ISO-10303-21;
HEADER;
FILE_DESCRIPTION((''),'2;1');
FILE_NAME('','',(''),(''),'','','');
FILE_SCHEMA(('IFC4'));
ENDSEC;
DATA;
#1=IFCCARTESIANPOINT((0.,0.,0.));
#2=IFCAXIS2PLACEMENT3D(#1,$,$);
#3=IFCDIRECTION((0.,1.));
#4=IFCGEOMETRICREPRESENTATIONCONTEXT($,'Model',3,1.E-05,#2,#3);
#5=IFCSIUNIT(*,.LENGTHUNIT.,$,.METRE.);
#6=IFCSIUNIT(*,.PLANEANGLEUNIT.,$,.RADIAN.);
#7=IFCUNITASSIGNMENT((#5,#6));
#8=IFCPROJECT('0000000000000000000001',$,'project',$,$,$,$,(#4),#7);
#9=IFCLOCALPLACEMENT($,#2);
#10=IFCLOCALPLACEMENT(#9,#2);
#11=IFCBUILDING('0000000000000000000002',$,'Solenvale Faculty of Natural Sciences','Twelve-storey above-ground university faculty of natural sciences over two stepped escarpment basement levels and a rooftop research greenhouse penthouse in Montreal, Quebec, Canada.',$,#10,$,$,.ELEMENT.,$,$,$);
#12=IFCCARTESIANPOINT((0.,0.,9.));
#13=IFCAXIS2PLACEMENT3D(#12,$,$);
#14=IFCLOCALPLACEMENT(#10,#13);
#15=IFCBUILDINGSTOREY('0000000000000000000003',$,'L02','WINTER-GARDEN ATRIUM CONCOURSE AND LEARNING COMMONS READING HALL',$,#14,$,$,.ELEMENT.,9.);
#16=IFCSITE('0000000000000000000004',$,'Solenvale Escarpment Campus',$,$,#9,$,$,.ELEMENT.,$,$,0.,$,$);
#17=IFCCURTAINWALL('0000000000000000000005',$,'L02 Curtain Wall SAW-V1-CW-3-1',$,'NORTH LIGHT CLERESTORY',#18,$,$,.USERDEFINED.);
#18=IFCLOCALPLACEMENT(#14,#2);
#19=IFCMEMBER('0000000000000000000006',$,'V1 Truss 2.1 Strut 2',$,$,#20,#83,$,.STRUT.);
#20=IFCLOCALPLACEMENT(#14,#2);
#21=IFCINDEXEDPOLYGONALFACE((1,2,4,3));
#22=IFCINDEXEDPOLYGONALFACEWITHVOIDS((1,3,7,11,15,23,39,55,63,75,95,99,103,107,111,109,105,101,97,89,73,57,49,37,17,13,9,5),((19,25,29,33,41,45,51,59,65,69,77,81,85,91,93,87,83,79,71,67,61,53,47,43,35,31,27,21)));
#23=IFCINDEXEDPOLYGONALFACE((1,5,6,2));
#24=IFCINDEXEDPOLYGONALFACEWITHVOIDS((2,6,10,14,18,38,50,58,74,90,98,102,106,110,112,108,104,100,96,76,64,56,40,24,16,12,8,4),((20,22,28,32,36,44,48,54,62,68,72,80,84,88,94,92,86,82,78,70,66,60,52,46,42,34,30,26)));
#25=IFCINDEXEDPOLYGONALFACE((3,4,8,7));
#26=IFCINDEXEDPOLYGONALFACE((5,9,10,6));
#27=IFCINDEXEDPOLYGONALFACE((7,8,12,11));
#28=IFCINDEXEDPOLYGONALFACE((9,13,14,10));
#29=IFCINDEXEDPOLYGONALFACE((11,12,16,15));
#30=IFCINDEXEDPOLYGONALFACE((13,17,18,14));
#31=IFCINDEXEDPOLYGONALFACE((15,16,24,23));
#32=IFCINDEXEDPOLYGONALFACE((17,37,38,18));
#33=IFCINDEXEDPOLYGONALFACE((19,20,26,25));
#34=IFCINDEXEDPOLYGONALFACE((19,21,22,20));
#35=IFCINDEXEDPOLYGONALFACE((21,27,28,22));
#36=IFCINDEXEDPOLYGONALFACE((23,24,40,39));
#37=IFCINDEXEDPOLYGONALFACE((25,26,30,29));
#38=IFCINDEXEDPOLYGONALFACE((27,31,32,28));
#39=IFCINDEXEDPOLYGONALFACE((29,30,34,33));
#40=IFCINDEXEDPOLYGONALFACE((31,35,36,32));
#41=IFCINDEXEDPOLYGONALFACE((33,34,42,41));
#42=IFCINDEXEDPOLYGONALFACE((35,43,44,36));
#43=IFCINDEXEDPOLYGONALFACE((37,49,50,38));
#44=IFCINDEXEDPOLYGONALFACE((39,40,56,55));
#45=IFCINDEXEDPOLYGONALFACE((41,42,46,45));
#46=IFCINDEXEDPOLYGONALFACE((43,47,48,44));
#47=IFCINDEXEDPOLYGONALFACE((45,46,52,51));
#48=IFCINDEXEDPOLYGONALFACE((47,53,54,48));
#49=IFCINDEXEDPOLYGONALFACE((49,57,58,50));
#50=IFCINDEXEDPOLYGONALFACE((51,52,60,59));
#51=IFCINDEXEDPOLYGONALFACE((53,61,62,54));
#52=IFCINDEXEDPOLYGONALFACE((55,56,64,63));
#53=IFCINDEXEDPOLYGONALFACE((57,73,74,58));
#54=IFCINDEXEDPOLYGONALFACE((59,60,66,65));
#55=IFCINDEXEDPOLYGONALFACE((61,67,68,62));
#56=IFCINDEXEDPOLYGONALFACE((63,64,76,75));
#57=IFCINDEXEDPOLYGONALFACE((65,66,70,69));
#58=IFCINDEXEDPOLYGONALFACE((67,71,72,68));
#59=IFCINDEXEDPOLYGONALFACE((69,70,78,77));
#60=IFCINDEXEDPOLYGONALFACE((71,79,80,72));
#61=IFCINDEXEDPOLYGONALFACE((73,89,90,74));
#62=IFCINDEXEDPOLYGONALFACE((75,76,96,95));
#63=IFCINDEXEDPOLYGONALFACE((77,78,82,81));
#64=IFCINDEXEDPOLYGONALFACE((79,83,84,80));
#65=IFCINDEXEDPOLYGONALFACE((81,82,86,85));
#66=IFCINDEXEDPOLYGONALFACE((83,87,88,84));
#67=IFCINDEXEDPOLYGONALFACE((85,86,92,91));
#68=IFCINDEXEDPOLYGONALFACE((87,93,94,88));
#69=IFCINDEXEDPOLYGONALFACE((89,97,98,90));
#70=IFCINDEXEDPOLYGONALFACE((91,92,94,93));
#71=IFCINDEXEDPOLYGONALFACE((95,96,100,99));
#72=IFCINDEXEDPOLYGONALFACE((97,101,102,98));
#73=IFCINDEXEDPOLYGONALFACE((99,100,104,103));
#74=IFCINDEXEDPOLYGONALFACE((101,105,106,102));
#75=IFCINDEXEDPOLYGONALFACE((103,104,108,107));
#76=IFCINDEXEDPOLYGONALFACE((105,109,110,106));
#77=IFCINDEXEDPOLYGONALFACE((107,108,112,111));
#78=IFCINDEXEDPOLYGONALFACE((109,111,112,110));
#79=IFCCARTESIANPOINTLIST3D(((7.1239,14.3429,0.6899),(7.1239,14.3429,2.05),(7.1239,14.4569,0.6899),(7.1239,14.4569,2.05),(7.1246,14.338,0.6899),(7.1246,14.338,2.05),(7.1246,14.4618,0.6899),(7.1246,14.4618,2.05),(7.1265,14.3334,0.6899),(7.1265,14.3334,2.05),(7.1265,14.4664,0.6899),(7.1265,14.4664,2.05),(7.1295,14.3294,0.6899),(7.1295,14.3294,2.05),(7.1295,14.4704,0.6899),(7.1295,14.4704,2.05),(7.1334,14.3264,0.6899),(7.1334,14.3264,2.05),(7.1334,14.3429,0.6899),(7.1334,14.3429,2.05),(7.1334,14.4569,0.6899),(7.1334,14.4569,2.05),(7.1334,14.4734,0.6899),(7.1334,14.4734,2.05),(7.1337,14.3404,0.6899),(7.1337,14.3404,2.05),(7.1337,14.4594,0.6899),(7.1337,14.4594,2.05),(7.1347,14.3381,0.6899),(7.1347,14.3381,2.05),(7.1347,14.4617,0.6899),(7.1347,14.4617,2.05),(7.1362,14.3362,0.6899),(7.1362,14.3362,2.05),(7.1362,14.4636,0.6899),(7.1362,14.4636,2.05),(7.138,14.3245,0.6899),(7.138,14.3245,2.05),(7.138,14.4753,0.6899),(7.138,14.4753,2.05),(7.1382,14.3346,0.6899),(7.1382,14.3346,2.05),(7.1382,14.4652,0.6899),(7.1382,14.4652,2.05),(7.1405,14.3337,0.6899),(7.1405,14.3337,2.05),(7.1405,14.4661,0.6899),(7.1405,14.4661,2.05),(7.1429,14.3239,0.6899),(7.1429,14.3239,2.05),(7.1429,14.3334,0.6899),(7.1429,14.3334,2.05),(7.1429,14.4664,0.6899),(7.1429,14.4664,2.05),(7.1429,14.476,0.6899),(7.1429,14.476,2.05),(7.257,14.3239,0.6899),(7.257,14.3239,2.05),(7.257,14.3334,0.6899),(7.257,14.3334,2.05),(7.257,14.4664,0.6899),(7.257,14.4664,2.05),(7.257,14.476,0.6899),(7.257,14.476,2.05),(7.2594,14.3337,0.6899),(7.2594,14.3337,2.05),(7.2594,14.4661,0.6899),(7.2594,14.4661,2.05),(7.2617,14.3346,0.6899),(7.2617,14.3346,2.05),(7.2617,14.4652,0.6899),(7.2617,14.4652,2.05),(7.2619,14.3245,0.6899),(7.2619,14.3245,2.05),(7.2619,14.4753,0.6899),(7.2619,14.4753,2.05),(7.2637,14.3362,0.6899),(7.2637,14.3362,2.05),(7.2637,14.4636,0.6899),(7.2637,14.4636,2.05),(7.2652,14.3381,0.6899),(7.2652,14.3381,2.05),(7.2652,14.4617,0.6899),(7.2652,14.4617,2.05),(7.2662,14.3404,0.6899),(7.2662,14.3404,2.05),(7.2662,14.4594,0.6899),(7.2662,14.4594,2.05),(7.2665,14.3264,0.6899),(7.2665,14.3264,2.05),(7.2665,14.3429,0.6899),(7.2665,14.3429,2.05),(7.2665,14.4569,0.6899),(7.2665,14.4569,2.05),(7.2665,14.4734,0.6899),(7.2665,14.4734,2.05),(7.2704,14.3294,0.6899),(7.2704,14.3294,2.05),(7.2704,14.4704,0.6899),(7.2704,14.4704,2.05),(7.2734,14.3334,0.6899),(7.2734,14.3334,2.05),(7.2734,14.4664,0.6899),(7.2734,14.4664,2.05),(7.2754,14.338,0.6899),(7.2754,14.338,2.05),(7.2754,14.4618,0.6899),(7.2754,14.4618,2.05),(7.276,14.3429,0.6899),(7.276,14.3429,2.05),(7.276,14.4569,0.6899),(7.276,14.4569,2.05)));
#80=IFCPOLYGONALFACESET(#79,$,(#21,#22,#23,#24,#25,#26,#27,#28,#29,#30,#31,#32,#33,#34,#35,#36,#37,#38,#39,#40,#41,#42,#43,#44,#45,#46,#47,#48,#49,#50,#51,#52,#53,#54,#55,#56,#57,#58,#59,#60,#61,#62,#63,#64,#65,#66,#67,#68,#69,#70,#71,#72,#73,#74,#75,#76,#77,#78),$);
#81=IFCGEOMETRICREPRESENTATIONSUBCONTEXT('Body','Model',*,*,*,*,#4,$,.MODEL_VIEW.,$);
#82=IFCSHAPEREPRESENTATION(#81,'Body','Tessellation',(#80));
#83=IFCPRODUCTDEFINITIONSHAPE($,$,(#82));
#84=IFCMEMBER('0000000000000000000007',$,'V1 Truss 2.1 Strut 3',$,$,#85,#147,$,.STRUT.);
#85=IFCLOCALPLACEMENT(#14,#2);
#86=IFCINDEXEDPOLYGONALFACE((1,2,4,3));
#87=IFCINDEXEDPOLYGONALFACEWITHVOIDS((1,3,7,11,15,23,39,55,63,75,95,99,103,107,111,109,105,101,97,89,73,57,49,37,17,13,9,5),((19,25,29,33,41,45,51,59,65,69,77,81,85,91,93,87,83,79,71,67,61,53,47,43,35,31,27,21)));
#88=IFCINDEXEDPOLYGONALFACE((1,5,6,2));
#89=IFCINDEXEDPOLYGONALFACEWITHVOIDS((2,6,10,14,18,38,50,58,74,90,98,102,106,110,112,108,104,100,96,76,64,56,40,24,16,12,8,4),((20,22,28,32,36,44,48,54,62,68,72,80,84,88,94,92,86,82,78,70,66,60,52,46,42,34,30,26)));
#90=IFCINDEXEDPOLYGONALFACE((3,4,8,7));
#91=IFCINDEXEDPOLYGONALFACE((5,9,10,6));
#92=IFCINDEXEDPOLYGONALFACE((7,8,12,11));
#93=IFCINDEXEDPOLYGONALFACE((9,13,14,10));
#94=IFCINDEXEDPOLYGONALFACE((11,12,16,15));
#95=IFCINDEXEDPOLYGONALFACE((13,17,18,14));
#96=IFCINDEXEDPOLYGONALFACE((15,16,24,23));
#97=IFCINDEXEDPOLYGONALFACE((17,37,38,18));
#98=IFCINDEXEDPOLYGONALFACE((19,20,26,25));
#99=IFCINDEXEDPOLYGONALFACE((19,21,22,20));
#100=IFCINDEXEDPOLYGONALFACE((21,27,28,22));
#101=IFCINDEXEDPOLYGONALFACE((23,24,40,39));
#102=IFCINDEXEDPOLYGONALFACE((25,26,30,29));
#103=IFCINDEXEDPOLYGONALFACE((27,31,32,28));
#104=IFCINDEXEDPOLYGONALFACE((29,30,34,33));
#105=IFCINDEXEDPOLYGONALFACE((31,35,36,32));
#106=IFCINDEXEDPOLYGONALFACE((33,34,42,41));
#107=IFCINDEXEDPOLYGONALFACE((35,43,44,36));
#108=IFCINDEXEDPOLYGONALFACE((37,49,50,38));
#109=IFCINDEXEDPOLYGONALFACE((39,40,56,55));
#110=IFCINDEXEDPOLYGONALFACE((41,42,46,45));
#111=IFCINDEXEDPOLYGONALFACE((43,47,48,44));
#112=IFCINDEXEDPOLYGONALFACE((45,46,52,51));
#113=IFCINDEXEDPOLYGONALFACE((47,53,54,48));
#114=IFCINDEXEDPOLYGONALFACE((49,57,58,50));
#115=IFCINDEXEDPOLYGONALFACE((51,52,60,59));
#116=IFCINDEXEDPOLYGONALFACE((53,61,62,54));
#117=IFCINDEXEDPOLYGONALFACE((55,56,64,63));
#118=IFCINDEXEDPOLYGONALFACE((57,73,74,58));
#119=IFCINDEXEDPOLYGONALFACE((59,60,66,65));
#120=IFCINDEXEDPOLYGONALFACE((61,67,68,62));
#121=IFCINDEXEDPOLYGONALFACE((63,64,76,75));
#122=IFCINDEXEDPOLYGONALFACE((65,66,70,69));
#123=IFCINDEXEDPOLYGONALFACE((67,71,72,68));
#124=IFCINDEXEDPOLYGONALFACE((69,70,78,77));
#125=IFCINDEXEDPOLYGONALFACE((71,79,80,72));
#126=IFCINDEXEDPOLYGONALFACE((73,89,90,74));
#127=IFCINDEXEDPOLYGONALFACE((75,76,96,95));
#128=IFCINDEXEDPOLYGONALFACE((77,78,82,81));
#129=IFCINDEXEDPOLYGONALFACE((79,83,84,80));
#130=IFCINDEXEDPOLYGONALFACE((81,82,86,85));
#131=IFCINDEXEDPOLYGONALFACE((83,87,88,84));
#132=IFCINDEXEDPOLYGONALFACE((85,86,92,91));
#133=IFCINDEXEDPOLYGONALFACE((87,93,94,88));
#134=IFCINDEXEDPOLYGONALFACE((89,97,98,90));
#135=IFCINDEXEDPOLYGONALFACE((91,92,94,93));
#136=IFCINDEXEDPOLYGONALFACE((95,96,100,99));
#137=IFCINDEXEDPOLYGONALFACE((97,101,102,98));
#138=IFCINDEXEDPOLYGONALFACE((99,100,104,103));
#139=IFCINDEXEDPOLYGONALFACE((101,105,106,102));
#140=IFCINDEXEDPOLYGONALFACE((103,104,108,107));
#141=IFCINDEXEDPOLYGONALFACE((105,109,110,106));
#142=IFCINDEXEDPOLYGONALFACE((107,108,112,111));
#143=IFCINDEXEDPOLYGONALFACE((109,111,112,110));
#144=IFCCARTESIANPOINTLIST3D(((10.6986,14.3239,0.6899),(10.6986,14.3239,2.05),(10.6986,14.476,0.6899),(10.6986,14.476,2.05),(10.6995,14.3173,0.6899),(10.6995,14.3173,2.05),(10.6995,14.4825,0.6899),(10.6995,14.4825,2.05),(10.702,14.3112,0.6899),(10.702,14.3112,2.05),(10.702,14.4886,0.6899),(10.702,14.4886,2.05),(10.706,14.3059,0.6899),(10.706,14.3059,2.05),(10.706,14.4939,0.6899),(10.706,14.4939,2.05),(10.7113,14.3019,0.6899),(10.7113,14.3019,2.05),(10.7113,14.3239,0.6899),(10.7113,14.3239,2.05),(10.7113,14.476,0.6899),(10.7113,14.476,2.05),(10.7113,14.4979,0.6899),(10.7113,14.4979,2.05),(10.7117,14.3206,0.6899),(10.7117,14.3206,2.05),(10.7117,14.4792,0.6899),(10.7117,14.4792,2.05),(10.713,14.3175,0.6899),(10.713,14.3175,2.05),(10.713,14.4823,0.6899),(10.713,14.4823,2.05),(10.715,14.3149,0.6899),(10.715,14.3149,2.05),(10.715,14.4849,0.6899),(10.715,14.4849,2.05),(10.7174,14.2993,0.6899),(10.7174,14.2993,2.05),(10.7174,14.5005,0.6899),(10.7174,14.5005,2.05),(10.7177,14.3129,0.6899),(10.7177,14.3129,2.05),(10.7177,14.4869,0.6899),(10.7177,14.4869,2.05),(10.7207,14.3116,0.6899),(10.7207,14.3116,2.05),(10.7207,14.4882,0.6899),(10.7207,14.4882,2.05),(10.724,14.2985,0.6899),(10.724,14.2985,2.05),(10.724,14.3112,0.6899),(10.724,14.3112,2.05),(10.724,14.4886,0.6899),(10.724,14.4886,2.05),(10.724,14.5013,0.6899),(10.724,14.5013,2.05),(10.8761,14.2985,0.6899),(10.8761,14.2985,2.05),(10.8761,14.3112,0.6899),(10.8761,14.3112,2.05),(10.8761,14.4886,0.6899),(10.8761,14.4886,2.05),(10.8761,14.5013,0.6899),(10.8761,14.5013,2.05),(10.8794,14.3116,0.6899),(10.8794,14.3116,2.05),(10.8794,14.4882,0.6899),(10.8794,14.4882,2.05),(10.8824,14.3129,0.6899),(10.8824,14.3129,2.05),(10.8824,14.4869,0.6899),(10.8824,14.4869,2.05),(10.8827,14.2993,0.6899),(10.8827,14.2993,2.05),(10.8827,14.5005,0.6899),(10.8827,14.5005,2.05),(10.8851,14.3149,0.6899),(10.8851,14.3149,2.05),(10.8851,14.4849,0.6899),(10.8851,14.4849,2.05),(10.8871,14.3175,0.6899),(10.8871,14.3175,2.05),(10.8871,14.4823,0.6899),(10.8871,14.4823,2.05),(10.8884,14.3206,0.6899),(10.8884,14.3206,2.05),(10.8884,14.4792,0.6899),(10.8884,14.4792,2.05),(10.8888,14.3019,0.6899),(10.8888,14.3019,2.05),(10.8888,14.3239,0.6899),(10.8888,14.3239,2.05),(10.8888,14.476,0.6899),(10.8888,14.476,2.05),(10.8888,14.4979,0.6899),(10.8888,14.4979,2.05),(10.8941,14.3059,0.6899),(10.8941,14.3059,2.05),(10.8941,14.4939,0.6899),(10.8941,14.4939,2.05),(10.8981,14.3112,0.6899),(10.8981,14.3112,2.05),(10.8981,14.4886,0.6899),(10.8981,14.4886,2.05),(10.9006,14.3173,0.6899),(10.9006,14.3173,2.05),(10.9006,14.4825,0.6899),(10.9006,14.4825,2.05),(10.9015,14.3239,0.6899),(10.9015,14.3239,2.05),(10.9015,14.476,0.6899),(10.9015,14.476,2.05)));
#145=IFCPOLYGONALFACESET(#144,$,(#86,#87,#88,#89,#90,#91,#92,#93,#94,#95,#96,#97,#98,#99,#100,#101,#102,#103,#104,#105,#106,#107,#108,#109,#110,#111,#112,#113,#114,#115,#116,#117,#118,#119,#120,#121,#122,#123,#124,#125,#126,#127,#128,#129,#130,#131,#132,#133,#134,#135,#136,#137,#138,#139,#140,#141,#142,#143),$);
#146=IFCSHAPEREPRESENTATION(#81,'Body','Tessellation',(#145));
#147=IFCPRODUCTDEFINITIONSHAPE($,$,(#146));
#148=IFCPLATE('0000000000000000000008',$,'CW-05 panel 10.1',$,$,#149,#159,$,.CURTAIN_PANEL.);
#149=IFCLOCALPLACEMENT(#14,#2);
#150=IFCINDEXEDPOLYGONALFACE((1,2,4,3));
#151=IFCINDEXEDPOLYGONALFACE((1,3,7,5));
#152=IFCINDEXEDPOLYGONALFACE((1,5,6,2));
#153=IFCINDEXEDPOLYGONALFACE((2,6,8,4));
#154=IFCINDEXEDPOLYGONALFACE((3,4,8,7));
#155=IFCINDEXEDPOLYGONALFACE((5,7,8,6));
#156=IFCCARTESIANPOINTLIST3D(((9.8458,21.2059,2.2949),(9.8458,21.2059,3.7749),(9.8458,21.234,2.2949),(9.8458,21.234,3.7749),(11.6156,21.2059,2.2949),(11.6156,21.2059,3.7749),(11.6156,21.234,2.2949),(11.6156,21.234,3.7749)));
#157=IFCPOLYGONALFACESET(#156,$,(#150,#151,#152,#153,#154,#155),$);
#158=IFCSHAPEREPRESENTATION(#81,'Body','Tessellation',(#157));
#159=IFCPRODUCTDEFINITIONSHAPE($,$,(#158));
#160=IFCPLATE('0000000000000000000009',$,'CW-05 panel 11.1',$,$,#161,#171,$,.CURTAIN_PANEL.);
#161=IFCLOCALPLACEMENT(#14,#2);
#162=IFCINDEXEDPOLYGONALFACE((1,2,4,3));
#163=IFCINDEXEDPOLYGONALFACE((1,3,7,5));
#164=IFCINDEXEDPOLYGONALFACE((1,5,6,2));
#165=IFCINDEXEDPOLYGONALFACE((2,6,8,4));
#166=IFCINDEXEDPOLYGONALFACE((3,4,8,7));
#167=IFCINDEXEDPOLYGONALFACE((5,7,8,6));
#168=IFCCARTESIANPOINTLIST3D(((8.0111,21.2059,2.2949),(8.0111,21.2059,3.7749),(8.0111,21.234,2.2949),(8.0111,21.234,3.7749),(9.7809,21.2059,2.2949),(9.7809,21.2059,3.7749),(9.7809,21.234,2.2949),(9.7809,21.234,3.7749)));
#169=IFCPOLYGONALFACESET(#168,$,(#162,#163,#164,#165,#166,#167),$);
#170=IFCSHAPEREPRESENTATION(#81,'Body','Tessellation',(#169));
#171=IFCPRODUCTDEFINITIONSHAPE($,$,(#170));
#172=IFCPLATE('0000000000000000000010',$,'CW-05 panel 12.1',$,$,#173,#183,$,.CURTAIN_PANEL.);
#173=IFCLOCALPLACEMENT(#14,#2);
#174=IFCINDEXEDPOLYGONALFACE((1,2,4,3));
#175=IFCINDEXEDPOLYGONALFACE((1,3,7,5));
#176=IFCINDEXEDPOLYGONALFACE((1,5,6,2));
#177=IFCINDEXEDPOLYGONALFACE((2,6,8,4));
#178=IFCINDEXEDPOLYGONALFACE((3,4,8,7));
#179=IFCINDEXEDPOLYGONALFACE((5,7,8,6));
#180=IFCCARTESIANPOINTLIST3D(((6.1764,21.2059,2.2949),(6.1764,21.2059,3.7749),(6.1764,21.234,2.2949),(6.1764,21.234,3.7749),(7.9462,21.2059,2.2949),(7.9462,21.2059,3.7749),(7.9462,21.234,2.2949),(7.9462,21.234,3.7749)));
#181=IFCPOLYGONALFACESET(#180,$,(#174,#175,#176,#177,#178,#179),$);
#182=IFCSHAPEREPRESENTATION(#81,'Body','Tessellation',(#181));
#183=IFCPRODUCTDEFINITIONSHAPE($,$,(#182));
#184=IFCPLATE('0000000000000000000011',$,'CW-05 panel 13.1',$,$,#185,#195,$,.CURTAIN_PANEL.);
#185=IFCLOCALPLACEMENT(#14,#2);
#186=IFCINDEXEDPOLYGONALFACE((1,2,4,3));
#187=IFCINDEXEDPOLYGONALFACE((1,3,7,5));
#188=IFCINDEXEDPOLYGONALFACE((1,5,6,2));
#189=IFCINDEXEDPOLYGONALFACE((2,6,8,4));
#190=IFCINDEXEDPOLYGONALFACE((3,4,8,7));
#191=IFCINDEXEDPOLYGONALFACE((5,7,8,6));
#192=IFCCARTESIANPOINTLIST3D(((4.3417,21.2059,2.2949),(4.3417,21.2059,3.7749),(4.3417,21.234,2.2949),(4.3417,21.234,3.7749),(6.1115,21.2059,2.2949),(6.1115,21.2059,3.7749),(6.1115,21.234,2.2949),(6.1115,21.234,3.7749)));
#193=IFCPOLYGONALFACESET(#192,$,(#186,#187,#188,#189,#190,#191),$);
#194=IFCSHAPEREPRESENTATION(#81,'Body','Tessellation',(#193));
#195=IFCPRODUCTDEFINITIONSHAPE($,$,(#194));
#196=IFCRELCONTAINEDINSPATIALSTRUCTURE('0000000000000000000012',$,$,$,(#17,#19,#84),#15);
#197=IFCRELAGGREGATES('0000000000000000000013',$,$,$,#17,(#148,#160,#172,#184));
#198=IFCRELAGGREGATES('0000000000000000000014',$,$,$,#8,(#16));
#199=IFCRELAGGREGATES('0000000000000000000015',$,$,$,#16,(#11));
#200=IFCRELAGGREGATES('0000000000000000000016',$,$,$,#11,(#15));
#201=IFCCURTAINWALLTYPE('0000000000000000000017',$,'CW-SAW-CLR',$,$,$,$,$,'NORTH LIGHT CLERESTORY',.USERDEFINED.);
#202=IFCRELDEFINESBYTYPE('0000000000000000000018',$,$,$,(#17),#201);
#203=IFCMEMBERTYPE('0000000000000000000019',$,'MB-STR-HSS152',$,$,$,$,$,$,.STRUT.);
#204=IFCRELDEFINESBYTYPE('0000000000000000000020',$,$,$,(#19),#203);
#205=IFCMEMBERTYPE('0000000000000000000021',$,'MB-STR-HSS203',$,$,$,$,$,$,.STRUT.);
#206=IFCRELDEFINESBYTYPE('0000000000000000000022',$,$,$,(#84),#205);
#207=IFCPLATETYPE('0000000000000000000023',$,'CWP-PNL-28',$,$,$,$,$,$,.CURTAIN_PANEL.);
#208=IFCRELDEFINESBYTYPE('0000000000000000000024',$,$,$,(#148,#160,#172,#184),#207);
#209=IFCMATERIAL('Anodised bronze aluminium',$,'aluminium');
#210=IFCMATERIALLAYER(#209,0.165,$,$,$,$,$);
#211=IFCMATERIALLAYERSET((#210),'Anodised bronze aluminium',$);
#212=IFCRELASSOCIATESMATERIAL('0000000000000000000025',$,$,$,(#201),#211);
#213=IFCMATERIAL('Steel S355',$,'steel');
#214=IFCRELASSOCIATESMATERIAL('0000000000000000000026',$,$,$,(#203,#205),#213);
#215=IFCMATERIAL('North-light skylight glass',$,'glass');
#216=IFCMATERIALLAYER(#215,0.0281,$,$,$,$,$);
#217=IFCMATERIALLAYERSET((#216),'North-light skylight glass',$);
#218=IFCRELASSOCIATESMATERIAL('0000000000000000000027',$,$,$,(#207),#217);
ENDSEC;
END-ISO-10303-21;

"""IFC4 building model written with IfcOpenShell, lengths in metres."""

from ifc_helpers import new_model, si_unit, direction, frame, origin, origin_2d, place, context, subcontext, project, spatial, rectangle, hollow_rectangle, extrude, material, layer, layer_set, material_profile, profile_set, type_object, element, aggregate, save


model = new_model("IFC4")

# Units and contexts
model_context = context("Model", 3, precision=1e-05, world=origin(), true_north=direction((0.0, 1.0)))
body_context = subcontext(model_context, "Body", "Model", "MODEL_VIEW")
ifc_project = project(units=[si_unit("LENGTHUNIT", "METRE"), si_unit("PLANEANGLEUNIT", "RADIAN")], contexts=[model_context])

# Site, building, storey
site_placement = place(None, origin())
site = spatial("IfcSite", under=ifc_project, at=site_placement, Name="Solenvale Escarpment Campus", CompositionType="ELEMENT", RefElevation=0.0)
building_placement = place(site_placement, origin())
building = spatial("IfcBuilding", under=site, at=building_placement, Name="Solenvale Faculty of Natural Sciences", Description="Twelve-storey above-ground university faculty of natural sciences over two stepped escarpment basement levels and a rooftop research greenhouse penthouse in Montreal, Quebec, Canada.", CompositionType="ELEMENT")
storey_placement = place(building_placement, frame((0.0, 0.0, 9.0)))
storey = spatial("IfcBuildingStorey", under=building, at=storey_placement, Name="L02", Description="WINTER-GARDEN ATRIUM CONCOURSE AND LEARNING COMMONS READING HALL", CompositionType="ELEMENT", Elevation=9.0)

# Curtain wall
ifc_material_1 = material(Name="Anodised bronze aluminium", Category="aluminium")
ifc_layer_1 = layer(ifc_material_1, 0.165)
ifc_layer_set_1 = layer_set([ifc_layer_1], Name="Anodised bronze aluminium")
curtain_wall_type = type_object("IfcCurtainWallType", Name="CW-SAW-CLR", ElementType="NORTH LIGHT CLERESTORY", PredefinedType="USERDEFINED", material=ifc_layer_set_1)
curtain_wall_placement = place(storey_placement, origin())
curtain_wall = element("IfcCurtainWall", 1, at=curtain_wall_placement, inside=storey, type_object=curtain_wall_type, Name="L02 Curtain Wall SAW-V1-CW-3-1", ObjectType="NORTH LIGHT CLERESTORY", PredefinedType="USERDEFINED")

# Members
ifc_material_2 = material(Name="Steel S355", Category="steel")
ifc_material_profile_1 = material_profile(ifc_material_2, hollow_rectangle(XDim=0.1521, YDim=0.1521, WallThickness=0.0095, InnerFilletRadius=0.0095, OuterFilletRadius=0.019, at=origin_2d()), Name="HSS152x152x9.5")
ifc_profile_set_1 = profile_set([ifc_material_profile_1], Name="Steel S355")
member_type_1 = type_object("IfcMemberType", Name="MB-STR-HSS152", PredefinedType="STRUT", material=ifc_profile_set_1)
member_1_placement = place(storey_placement, frame((7.2, 14.3999, 0.6899), z_axis=(0.0, 0.0, 1.0), x_axis=(1.0, 0.0, 0.0)))
element("IfcMember", 2, at=member_1_placement, inside=storey, type_object=member_type_1, Name="V1 Truss 2.1 Strut 2", PredefinedType="STRUT", context=body_context, shape_type="SweptSolid", body=[
    extrude(hollow_rectangle(XDim=0.1521, YDim=0.1521, WallThickness=0.0095, InnerFilletRadius=0.0095, OuterFilletRadius=0.019, at=origin_2d()), origin(), (0.0, 0.0, 1.0), 1.3601),
])
ifc_material_profile_2 = material_profile(ifc_material_2, hollow_rectangle(XDim=0.2029, YDim=0.2029, WallThickness=0.0127, InnerFilletRadius=0.0127, OuterFilletRadius=0.0254, at=origin_2d()), Name="HSS203x203x13")
ifc_profile_set_2 = profile_set([ifc_material_profile_2], Name="Steel S355")
member_type_2 = type_object("IfcMemberType", Name="MB-STR-HSS203", PredefinedType="STRUT", material=ifc_profile_set_2)
member_2_placement = place(storey_placement, frame((10.8, 14.3999, 0.6899), z_axis=(0.0, 0.0, 1.0), x_axis=(1.0, 0.0, 0.0)))
element("IfcMember", 3, at=member_2_placement, inside=storey, type_object=member_type_2, Name="V1 Truss 2.1 Strut 3", PredefinedType="STRUT", context=body_context, shape_type="SweptSolid", body=[
    extrude(hollow_rectangle(XDim=0.2029, YDim=0.2029, WallThickness=0.0127, InnerFilletRadius=0.0127, OuterFilletRadius=0.0254, at=origin_2d()), origin(), (0.0, 0.0, 1.0), 1.3601),
])

# Plates
ifc_material_3 = material(Name="North-light skylight glass", Category="glass")
ifc_layer_2 = layer(ifc_material_3, 0.0281)
ifc_layer_set_2 = layer_set([ifc_layer_2], Name="North-light skylight glass")
plate_type_1 = type_object("IfcPlateType", Name="CWP-PNL-28", PredefinedType="CURTAIN_PANEL", material=ifc_layer_set_2)
plate_1_placement = place(storey_placement, frame((10.7307, 21.22, 2.2949), z_axis=(0.0, 0.0, 1.0), x_axis=(-1.0, 0.0, 0.0)))
plate_1 = element("IfcPlate", 4, at=plate_1_placement, type_object=plate_type_1, Name="CW-05 panel 10.1", PredefinedType="CURTAIN_PANEL", context=body_context, shape_type="SweptSolid", body=[
    extrude(rectangle(XDim=1.7698, YDim=0.0281, at=origin_2d()), origin(), (0.0, 0.0, 1.0), 1.48),
])
plate_2_placement = place(storey_placement, frame((8.896, 21.22, 2.2949), z_axis=(0.0, 0.0, 1.0), x_axis=(-1.0, 0.0, 0.0)))
plate_2 = element("IfcPlate", 5, at=plate_2_placement, type_object=plate_type_1, Name="CW-05 panel 11.1", PredefinedType="CURTAIN_PANEL", context=body_context, shape_type="SweptSolid", body=[
    extrude(rectangle(XDim=1.7698, YDim=0.0281, at=origin_2d()), origin(), (0.0, 0.0, 1.0), 1.48),
])
plate_3_placement = place(storey_placement, frame((7.0613, 21.22, 2.2949), z_axis=(0.0, 0.0, 1.0), x_axis=(-1.0, 0.0, 0.0)))
plate_3 = element("IfcPlate", 6, at=plate_3_placement, type_object=plate_type_1, Name="CW-05 panel 12.1", PredefinedType="CURTAIN_PANEL", context=body_context, shape_type="SweptSolid", body=[
    extrude(rectangle(XDim=1.7698, YDim=0.0281, at=origin_2d()), origin(), (0.0, 0.0, 1.0), 1.48),
])
plate_4_placement = place(storey_placement, frame((5.2266, 21.22, 2.2949), z_axis=(0.0, 0.0, 1.0), x_axis=(-1.0, 0.0, 0.0)))
plate_4 = element("IfcPlate", 7, at=plate_4_placement, type_object=plate_type_1, Name="CW-05 panel 13.1", PredefinedType="CURTAIN_PANEL", context=body_context, shape_type="SweptSolid", body=[
    extrude(rectangle(XDim=1.7698, YDim=0.0281, at=origin_2d()), origin(), (0.0, 0.0, 1.0), 1.48),
])
aggregate(curtain_wall, [plate_1, plate_2, plate_3, plate_4])

save(model, "model.ifc")
